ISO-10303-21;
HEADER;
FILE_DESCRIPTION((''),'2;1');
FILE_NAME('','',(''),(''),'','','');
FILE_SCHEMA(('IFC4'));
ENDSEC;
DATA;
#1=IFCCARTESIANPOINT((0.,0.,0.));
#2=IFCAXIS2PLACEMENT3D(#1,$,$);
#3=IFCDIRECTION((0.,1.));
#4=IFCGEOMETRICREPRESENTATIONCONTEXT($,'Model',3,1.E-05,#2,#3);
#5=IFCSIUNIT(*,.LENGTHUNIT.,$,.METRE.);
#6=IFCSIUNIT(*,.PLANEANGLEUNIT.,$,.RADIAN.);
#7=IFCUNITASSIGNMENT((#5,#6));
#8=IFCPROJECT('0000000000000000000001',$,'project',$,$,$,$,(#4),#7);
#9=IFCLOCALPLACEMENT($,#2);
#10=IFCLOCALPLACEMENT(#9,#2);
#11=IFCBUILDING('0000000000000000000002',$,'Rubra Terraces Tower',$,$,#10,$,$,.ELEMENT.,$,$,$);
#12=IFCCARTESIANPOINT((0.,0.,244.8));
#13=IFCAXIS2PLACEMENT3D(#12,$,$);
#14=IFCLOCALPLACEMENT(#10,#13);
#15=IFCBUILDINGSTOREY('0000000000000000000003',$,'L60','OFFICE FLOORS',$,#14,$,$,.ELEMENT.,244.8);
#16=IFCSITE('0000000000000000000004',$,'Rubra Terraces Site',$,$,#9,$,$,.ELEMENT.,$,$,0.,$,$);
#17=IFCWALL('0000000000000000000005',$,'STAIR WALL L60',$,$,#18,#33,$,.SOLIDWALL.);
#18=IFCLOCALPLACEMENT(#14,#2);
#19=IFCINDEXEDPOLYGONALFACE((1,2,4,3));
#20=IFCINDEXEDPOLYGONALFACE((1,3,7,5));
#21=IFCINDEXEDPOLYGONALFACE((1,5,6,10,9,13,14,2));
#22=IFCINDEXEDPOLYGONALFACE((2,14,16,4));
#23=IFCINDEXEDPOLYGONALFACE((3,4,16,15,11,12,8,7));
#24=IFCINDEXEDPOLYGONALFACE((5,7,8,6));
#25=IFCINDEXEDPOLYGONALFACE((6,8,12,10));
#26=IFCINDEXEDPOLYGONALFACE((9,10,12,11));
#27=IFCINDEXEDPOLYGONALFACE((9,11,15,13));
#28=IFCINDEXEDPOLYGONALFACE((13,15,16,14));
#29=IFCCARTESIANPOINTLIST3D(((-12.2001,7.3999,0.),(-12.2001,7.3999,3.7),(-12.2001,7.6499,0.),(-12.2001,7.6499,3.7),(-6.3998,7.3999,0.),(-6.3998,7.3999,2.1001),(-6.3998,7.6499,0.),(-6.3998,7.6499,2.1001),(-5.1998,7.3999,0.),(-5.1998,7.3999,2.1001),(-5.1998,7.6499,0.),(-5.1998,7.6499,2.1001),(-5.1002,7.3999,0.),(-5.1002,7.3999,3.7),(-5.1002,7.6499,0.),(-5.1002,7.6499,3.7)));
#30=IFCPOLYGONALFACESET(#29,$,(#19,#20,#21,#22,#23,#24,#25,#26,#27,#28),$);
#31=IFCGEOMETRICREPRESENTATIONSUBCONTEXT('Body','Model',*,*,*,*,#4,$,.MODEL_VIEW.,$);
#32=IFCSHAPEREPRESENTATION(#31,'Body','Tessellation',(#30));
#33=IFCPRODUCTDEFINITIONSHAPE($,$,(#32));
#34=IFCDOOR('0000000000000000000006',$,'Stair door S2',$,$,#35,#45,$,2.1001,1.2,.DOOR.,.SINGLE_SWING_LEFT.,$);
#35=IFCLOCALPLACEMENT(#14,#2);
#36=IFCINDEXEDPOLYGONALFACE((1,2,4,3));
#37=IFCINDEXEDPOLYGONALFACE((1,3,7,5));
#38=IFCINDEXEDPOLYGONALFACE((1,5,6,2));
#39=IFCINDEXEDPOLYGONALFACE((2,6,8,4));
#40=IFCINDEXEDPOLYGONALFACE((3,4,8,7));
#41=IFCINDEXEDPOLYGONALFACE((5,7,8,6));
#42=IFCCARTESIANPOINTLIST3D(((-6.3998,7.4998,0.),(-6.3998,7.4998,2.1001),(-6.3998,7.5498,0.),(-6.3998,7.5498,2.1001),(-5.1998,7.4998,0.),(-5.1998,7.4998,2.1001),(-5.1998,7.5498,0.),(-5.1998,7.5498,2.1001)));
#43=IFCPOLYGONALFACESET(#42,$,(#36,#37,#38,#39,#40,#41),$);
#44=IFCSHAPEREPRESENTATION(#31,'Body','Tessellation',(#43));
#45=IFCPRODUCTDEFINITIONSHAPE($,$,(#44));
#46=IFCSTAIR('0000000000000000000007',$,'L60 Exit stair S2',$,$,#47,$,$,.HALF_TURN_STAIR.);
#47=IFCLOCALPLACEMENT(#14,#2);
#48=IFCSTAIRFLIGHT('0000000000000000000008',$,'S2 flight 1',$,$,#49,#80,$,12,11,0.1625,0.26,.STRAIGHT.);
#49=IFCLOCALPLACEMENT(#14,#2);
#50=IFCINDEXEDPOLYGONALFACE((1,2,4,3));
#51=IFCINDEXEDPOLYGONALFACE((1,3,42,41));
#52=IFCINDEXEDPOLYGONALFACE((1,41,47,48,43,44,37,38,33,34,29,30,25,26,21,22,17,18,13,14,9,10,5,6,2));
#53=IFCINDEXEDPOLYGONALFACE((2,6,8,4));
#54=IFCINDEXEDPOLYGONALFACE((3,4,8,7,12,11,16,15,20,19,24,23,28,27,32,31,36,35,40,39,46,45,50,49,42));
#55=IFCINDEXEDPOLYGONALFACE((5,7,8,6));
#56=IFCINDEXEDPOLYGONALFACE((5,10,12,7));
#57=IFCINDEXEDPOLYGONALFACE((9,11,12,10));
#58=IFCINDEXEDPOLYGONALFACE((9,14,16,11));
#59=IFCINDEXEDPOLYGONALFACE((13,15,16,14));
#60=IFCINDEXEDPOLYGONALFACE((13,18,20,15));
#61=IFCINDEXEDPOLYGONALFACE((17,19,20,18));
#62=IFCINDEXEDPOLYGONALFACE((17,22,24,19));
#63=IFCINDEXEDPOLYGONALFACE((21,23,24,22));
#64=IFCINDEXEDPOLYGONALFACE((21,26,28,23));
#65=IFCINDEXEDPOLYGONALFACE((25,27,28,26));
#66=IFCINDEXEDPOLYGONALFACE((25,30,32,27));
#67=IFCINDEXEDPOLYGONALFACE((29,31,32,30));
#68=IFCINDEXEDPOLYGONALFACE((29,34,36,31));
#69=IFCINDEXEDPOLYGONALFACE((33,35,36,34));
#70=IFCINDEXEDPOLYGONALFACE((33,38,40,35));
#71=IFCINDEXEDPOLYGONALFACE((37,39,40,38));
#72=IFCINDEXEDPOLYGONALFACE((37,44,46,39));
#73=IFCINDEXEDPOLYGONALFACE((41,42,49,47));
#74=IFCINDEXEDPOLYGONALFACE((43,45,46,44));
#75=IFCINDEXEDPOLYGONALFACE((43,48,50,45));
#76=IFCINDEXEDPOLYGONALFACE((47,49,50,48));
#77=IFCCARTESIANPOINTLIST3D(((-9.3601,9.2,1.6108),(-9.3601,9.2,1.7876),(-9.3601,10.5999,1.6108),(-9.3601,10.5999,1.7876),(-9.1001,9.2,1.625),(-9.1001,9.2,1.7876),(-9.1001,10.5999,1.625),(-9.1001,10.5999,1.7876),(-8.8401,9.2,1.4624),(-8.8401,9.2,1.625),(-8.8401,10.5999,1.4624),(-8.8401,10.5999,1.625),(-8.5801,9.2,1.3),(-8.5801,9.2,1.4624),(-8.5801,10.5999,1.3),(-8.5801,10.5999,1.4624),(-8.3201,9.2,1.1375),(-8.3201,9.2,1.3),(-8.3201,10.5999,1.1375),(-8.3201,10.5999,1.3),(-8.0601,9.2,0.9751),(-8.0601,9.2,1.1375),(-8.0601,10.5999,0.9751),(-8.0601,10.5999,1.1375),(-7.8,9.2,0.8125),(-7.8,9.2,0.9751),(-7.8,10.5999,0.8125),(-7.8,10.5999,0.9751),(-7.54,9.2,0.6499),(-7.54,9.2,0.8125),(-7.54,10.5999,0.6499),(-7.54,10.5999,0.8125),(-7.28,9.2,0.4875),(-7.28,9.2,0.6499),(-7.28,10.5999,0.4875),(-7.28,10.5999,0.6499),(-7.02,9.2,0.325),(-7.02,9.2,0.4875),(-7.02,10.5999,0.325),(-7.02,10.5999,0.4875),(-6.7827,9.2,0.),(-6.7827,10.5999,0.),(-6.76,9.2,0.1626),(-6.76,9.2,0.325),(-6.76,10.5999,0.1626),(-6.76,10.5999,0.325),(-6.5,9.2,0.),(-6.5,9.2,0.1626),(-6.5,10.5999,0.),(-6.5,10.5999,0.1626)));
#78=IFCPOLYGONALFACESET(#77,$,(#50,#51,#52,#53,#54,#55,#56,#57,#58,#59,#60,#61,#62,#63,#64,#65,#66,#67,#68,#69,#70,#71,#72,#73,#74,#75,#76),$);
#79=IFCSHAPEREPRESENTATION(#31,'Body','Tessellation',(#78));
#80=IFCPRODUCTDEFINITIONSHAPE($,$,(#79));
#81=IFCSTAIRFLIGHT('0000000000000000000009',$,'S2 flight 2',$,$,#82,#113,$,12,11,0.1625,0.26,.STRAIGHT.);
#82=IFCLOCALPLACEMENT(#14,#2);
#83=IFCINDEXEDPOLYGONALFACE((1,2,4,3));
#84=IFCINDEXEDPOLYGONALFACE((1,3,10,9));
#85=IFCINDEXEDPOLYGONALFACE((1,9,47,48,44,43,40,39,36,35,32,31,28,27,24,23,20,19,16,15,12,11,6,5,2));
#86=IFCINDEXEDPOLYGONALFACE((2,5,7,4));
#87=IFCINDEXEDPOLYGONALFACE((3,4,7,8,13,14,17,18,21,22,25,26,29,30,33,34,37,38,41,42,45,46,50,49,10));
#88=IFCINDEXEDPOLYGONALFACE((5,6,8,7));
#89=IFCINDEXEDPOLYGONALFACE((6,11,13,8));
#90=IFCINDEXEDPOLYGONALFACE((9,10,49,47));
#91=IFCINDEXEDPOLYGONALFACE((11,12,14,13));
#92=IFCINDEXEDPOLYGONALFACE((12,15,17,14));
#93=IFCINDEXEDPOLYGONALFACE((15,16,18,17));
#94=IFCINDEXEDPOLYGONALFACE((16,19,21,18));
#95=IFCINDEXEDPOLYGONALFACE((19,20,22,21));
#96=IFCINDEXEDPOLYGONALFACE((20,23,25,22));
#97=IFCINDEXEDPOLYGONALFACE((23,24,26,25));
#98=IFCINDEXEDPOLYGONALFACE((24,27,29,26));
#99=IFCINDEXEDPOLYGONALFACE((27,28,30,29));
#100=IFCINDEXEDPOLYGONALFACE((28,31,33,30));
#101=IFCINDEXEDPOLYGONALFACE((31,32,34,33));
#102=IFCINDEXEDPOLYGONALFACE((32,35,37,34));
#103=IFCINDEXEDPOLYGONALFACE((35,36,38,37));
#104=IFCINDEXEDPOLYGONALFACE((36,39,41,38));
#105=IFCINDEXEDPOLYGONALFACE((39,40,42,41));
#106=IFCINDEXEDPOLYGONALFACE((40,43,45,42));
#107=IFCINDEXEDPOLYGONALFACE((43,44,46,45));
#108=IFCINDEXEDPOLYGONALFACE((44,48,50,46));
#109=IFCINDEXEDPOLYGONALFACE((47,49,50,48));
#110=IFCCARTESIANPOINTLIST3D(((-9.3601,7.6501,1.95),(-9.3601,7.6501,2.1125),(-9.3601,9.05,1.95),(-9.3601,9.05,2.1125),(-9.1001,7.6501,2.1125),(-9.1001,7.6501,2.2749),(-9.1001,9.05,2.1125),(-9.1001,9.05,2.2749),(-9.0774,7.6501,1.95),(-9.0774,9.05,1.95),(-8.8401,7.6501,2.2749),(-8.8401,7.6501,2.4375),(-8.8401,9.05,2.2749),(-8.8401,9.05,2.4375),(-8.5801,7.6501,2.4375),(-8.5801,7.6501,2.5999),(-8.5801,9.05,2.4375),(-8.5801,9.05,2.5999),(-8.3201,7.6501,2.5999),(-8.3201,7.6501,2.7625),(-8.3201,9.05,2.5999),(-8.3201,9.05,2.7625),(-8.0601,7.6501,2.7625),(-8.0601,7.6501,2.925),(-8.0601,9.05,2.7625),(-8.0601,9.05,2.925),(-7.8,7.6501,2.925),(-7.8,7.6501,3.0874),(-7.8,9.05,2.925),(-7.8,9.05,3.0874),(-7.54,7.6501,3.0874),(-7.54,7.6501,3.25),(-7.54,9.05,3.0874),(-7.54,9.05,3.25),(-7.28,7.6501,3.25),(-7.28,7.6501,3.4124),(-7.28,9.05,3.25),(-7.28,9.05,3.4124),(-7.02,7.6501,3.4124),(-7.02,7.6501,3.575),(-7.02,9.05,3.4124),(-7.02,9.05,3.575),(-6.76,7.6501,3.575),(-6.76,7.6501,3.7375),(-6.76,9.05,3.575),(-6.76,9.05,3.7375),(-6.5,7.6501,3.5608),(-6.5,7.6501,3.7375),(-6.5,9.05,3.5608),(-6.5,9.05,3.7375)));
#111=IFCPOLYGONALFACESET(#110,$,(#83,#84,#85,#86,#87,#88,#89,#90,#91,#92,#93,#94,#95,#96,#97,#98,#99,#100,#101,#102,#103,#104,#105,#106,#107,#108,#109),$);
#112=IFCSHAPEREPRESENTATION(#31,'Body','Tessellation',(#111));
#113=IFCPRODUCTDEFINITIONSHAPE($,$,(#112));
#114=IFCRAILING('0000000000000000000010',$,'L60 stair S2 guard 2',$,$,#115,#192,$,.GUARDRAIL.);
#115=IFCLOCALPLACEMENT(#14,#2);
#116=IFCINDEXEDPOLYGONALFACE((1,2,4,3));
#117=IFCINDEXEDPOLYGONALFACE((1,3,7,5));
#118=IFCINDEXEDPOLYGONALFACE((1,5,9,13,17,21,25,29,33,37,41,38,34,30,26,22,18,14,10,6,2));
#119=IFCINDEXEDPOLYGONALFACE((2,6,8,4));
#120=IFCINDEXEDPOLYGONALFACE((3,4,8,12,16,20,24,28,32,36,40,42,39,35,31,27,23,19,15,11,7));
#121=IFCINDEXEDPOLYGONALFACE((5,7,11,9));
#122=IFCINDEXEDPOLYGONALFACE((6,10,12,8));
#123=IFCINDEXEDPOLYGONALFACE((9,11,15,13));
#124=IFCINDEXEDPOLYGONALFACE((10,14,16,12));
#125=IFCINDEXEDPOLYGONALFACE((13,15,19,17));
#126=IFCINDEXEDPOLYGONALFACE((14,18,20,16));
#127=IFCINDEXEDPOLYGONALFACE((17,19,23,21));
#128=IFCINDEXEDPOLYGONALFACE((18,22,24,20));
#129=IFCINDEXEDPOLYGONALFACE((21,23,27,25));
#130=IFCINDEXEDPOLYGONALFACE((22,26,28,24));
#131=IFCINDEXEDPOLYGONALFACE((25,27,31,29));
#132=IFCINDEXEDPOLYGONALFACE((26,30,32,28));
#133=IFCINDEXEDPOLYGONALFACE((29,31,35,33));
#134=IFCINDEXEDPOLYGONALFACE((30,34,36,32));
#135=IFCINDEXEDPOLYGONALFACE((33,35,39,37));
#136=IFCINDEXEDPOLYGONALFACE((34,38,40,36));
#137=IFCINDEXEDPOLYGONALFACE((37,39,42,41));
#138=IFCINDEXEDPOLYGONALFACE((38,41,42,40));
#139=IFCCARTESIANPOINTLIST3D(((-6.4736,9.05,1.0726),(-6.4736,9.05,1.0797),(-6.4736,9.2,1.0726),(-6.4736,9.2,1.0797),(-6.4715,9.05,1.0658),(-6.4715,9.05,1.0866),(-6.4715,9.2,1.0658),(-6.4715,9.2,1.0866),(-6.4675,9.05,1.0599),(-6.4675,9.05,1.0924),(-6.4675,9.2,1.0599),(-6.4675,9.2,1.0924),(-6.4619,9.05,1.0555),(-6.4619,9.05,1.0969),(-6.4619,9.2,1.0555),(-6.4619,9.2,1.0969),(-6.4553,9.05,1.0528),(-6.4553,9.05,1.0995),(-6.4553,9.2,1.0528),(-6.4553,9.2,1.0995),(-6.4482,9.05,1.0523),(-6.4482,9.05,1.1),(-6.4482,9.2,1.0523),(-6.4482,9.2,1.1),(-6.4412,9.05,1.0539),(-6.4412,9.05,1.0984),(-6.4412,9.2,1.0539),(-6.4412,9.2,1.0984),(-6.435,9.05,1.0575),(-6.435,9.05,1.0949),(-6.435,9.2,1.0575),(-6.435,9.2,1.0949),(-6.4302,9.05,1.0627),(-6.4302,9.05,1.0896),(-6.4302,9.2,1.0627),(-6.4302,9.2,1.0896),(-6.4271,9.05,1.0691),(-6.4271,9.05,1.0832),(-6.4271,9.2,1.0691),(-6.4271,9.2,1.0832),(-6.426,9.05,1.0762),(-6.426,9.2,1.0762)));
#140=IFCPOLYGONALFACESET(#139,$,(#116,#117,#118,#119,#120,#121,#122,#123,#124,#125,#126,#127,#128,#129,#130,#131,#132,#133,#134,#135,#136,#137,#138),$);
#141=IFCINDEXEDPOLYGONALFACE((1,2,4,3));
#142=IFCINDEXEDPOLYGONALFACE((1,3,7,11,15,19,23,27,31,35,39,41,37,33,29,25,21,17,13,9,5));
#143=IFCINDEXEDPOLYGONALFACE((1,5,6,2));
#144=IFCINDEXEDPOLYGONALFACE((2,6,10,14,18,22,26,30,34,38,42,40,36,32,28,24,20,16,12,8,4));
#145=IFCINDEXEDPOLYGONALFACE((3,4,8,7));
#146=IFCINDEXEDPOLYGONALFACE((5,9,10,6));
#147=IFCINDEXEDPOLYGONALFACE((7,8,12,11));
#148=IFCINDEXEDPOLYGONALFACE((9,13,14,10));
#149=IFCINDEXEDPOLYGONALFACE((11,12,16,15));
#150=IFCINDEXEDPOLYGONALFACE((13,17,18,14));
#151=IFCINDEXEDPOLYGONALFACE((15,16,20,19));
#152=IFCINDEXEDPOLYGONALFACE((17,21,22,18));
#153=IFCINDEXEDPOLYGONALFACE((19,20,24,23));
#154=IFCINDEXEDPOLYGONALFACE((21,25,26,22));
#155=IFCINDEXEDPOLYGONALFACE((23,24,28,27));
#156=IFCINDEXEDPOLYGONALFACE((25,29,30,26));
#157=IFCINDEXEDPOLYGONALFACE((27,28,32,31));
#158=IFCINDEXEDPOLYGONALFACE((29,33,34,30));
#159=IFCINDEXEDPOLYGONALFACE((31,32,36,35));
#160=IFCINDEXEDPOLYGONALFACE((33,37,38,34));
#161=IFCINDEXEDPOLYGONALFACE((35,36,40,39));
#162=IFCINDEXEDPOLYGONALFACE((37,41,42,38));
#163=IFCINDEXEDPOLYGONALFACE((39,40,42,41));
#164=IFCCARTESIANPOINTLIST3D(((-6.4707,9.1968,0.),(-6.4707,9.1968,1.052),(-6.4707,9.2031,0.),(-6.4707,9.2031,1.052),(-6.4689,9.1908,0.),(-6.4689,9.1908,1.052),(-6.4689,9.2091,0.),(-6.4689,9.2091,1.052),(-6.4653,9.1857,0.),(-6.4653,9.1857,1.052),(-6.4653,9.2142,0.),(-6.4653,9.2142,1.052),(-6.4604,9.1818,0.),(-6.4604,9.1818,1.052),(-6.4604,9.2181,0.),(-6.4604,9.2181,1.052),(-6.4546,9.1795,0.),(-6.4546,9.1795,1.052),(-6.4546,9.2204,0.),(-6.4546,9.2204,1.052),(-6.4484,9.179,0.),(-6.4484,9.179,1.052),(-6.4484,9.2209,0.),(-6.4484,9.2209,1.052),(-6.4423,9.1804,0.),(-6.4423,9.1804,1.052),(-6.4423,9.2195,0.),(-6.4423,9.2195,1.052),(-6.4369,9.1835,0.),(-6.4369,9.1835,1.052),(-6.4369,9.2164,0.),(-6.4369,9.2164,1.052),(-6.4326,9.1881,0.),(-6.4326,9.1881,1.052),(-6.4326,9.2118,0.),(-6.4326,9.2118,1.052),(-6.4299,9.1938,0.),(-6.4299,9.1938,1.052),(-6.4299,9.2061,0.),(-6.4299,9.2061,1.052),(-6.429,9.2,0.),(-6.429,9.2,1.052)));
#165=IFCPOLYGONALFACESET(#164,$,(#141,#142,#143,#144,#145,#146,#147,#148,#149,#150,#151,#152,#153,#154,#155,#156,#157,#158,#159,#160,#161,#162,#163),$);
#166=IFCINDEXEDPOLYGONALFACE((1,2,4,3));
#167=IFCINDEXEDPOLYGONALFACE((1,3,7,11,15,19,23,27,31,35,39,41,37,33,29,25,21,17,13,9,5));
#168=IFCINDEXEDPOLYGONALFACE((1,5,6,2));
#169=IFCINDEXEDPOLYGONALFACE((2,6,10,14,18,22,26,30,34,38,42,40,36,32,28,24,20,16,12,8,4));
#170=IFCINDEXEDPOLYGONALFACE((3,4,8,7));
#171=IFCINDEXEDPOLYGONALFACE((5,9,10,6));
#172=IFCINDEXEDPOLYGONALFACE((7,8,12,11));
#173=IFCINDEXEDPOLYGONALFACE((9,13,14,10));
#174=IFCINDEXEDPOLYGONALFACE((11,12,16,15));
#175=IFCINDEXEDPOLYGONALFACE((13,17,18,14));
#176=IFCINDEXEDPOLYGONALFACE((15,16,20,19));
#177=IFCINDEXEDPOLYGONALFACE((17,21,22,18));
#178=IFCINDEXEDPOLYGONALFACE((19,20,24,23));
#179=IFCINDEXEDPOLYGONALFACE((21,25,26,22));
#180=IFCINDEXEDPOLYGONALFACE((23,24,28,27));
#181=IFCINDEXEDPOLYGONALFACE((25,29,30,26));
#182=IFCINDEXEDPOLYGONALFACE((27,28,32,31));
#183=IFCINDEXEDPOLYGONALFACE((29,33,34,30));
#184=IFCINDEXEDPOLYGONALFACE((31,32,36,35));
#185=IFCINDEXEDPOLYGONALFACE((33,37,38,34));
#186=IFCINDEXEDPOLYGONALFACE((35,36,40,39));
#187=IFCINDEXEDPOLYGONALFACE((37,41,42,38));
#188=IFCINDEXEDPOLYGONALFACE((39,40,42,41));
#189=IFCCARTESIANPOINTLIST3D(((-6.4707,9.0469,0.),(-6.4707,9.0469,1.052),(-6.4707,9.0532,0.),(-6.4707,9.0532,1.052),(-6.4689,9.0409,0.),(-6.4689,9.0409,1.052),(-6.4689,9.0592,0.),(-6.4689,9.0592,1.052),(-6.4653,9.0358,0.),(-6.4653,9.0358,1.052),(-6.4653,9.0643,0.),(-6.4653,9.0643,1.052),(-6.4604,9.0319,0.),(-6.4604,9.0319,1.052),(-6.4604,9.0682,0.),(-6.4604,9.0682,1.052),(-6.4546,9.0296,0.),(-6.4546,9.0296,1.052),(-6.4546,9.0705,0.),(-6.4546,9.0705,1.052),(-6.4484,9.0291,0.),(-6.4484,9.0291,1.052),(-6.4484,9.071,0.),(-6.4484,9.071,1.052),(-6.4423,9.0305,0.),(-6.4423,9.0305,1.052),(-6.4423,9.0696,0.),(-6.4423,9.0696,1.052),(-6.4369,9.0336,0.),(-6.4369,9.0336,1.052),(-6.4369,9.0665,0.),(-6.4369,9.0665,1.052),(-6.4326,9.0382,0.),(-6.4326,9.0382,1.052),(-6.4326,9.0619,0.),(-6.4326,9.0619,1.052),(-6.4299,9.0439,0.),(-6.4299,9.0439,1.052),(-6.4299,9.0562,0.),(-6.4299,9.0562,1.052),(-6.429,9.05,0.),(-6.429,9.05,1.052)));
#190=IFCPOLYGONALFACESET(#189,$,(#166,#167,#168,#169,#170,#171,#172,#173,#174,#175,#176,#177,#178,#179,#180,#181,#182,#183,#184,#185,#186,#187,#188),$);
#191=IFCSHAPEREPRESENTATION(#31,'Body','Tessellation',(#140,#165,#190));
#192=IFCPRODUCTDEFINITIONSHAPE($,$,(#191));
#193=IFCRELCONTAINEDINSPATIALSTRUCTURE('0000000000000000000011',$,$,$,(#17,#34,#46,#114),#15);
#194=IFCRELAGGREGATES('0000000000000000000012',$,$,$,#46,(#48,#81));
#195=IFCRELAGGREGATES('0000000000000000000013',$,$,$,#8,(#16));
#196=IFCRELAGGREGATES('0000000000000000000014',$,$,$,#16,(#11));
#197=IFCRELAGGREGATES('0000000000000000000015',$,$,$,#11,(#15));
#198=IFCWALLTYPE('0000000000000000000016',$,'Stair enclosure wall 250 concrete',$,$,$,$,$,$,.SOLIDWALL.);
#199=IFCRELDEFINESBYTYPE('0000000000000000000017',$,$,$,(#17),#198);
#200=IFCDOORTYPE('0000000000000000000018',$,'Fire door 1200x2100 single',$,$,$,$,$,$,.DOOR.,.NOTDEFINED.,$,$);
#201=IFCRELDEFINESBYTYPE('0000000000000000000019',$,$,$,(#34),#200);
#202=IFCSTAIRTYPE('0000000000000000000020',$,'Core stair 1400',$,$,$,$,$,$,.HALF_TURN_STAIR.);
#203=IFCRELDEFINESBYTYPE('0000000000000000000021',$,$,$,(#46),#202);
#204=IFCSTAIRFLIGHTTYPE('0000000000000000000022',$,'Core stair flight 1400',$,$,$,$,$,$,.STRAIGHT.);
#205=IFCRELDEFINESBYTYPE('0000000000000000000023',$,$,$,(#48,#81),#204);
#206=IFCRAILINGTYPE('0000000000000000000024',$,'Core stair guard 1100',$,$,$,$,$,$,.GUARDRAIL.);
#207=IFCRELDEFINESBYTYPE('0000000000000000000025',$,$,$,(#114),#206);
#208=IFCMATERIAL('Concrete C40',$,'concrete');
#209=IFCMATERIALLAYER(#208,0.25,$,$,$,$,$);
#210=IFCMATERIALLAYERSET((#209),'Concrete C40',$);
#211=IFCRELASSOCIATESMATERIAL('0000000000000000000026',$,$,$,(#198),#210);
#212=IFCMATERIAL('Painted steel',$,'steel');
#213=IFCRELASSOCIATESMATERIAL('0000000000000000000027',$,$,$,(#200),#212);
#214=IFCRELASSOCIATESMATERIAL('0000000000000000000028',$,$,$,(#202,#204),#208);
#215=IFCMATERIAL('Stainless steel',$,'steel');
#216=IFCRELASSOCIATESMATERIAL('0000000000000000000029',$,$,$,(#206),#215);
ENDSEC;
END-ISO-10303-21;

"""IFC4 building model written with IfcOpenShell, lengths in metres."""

from ifc_helpers import new_model, si_unit, direction, frame, frame_2d, origin, origin_2d, place, context, subcontext, project, spatial, polyline, rectangle, circle, outline, extrude, material, layer, layer_set, type_object, element, fill, aggregate, save


model = new_model("IFC4")

# Units and contexts
model_context = context("Model", 3, precision=1e-05, world=origin(), true_north=direction((0.0, 1.0)))
body_context = subcontext(model_context, "Body", "Model", "MODEL_VIEW")
ifc_project = project(units=[si_unit("LENGTHUNIT", "METRE"), si_unit("PLANEANGLEUNIT", "RADIAN")], contexts=[model_context])

# Site, building, storey
site_placement = place(None, origin())
site = spatial("IfcSite", under=ifc_project, at=site_placement, Name="Rubra Terraces Site", CompositionType="ELEMENT", RefElevation=0.0)
building_placement = place(site_placement, origin())
building = spatial("IfcBuilding", under=site, at=building_placement, Name="Rubra Terraces Tower", CompositionType="ELEMENT")
storey_placement = place(building_placement, frame((0.0, 0.0, 244.8)))
storey = spatial("IfcBuildingStorey", under=building, at=storey_placement, Name="L60", Description="OFFICE FLOORS", CompositionType="ELEMENT", Elevation=244.8)

# Shared definitions
ifc_material_1 = material(Name="Concrete C40", Category="concrete")

# Shared definitions
ifc_material_2 = material(Name="Painted steel", Category="steel")
ifc_material_3 = material(Name="Stainless steel", Category="steel")

# Wall, opening, door
ifc_layer_1 = layer(ifc_material_1, 0.25)
ifc_layer_set_1 = layer_set([ifc_layer_1], Name="Concrete C40")
wall_type_1 = type_object("IfcWallType", Name="Stair enclosure wall 250 concrete", PredefinedType="SOLIDWALL", material=ifc_layer_set_1)
wall_1_placement = place(storey_placement, frame((-12.2, 7.5249, 0.0), z_axis=(0.0, 0.0, 1.0), x_axis=(1.0, 0.0, 0.0)))
wall_1 = element("IfcWall", 1, at=wall_1_placement, inside=storey, type_object=wall_type_1, Name="STAIR WALL L60", PredefinedType="SOLIDWALL", context=body_context, shape_type="SweptSolid", body=[
    extrude(rectangle(XDim=7.0999, YDim=0.25, at=frame_2d((3.5498, 0.0))), origin(), (0.0, 0.0, 1.0), 3.7),
])
opening_1_placement = place(wall_1_placement, frame((5.8, 0.0, 0.0)))
opening_1 = element("IfcOpeningElement", 2, at=opening_1_placement, cuts=wall_1, PredefinedType="OPENING", context=body_context, shape_type="SweptSolid", body=[
    extrude(rectangle(XDim=1.2, YDim=2.1001, at=frame_2d((0.6001, 1.05))), frame((0.0, 0.135, 0.0), z_axis=(0.0, -1.0, 0.0), x_axis=(1.0, 0.0, 0.0)), (0.0, 0.0, 1.0), 0.27),
])
door_type_1 = type_object("IfcDoorType", Name="Fire door 1200x2100 single", OperationType="NOTDEFINED", PredefinedType="DOOR", material=ifc_material_2)
door_1_placement = place(opening_1_placement, origin())
door_1 = element("IfcDoor", 3, at=door_1_placement, inside=storey, type_object=door_type_1, Name="Stair door S2", OperationType="SINGLE_SWING_LEFT", OverallHeight=2.1001, OverallWidth=1.2, PredefinedType="DOOR", context=body_context, shape_type="SweptSolid", body=[
    extrude(rectangle(XDim=1.2, YDim=2.1001, at=frame_2d((0.6001, 1.05))), frame((0.0, 0.0249, 0.0), z_axis=(0.0, -1.0, 0.0), x_axis=(1.0, 0.0, 0.0)), (0.0, 0.0, 1.0), 0.05),
])
fill(opening_1, door_1)

# Stair, stair flights
stair_type = type_object("IfcStairType", Name="Core stair 1400", PredefinedType="HALF_TURN_STAIR", material=ifc_material_1)
stair_placement = place(storey_placement, origin())
stair = element("IfcStair", 4, at=stair_placement, inside=storey, type_object=stair_type, Name="L60 Exit stair S2", PredefinedType="HALF_TURN_STAIR")
stair_flight_type = type_object("IfcStairFlightType", Name="Core stair flight 1400", PredefinedType="STRAIGHT", material=ifc_material_1)
stair_flight_1_placement = place(storey_placement, frame((-6.5, 9.8999, 0.0), z_axis=(0.0, 0.0, 1.0), x_axis=(-1.0, 0.0, 0.0)))
stair_flight_1 = element("IfcStairFlight", 5, at=stair_flight_1_placement, type_object=stair_flight_type, Name="S2 flight 1", NumberOfRisers=12, NumberOfTreads=11, PredefinedType="STRAIGHT", RiserHeight=0.1625, TreadLength=0.26, context=body_context, shape_type="SweptSolid", body=[
    extrude(outline(polyline([(0.0, 0.0), (0.0, 0.1626), (0.26, 0.1626), (0.26, 0.325), (0.52, 0.325), (0.52, 0.4875), (0.78, 0.4875), (0.78, 0.6499), (1.04, 0.6499), (1.04, 0.8125), (1.3, 0.8125), (1.3, 0.9751), (1.5601, 0.9751), (1.5601, 1.1375), (1.8201, 1.1375), (1.8201, 1.3), (2.0801, 1.3), (2.0801, 1.4624), (2.3401, 1.4624), (2.3401, 1.625), (2.6001, 1.625), (2.6001, 1.7876), (2.8601, 1.7876), (2.8601, 1.95), (2.8601, 1.6108), (0.2827, 0.0), (0.0, 0.0)])), frame((0.0, 0.7, 0.0), z_axis=(0.0, -1.0, 0.0), x_axis=(1.0, 0.0, 0.0)), (0.0, 0.0, 1.0), 1.3999),
])
stair_flight_2_placement = place(storey_placement, frame((-9.3601, 8.3501, 1.95), z_axis=(0.0, 0.0, 1.0), x_axis=(1.0, 0.0, 0.0)))
stair_flight_2 = element("IfcStairFlight", 6, at=stair_flight_2_placement, type_object=stair_flight_type, Name="S2 flight 2", NumberOfRisers=12, NumberOfTreads=11, PredefinedType="STRAIGHT", RiserHeight=0.1625, TreadLength=0.26, context=body_context, shape_type="SweptSolid", body=[
    extrude(outline(polyline([(0.0, 0.0), (0.0, 0.1626), (0.26, 0.1626), (0.26, 0.325), (0.52, 0.325), (0.52, 0.4875), (0.78, 0.4875), (0.78, 0.6499), (1.04, 0.6499), (1.04, 0.8125), (1.3, 0.8125), (1.3, 0.9751), (1.5601, 0.9751), (1.5601, 1.1375), (1.8201, 1.1375), (1.8201, 1.3), (2.0801, 1.3), (2.0801, 1.4624), (2.3401, 1.4624), (2.3401, 1.625), (2.6001, 1.625), (2.6001, 1.7876), (2.8601, 1.7876), (2.8601, 1.95), (2.8601, 1.6108), (0.2827, 0.0), (0.0, 0.0)])), frame((0.0, 0.7, 0.0), z_axis=(0.0, -1.0, 0.0), x_axis=(1.0, 0.0, 0.0)), (0.0, 0.0, 1.0), 1.3999),
])
aggregate(stair, [stair_flight_1, stair_flight_2])

# Railing
railing_type_1 = type_object("IfcRailingType", Name="Core stair guard 1100", PredefinedType="GUARDRAIL", material=ifc_material_3)
railing_1_placement = place(storey_placement, frame((-6.45, 9.2, 0.0)))
element("IfcRailing", 7, at=railing_1_placement, inside=storey, type_object=railing_type_1, Name="L60 stair S2 guard 2", PredefinedType="GUARDRAIL", context=body_context, shape_type="SweptSolid", body=[
    extrude(circle(Radius=0.0239, at=origin_2d()), frame((0.0, 0.0, 1.0762), z_axis=(0.0, -1.0, 0.0), x_axis=(1.0, 0.0, 0.0)), (0.0, 0.0, 1.0), 0.1499),
    extrude(circle(Radius=0.021, at=origin_2d()), origin(), (0.0, 0.0, 1.0), 1.052),
    extrude(circle(Radius=0.021, at=origin_2d()), frame((0.0, -0.1499, 0.0)), (0.0, 0.0, 1.0), 1.052),
])

save(model, "model.ifc")
